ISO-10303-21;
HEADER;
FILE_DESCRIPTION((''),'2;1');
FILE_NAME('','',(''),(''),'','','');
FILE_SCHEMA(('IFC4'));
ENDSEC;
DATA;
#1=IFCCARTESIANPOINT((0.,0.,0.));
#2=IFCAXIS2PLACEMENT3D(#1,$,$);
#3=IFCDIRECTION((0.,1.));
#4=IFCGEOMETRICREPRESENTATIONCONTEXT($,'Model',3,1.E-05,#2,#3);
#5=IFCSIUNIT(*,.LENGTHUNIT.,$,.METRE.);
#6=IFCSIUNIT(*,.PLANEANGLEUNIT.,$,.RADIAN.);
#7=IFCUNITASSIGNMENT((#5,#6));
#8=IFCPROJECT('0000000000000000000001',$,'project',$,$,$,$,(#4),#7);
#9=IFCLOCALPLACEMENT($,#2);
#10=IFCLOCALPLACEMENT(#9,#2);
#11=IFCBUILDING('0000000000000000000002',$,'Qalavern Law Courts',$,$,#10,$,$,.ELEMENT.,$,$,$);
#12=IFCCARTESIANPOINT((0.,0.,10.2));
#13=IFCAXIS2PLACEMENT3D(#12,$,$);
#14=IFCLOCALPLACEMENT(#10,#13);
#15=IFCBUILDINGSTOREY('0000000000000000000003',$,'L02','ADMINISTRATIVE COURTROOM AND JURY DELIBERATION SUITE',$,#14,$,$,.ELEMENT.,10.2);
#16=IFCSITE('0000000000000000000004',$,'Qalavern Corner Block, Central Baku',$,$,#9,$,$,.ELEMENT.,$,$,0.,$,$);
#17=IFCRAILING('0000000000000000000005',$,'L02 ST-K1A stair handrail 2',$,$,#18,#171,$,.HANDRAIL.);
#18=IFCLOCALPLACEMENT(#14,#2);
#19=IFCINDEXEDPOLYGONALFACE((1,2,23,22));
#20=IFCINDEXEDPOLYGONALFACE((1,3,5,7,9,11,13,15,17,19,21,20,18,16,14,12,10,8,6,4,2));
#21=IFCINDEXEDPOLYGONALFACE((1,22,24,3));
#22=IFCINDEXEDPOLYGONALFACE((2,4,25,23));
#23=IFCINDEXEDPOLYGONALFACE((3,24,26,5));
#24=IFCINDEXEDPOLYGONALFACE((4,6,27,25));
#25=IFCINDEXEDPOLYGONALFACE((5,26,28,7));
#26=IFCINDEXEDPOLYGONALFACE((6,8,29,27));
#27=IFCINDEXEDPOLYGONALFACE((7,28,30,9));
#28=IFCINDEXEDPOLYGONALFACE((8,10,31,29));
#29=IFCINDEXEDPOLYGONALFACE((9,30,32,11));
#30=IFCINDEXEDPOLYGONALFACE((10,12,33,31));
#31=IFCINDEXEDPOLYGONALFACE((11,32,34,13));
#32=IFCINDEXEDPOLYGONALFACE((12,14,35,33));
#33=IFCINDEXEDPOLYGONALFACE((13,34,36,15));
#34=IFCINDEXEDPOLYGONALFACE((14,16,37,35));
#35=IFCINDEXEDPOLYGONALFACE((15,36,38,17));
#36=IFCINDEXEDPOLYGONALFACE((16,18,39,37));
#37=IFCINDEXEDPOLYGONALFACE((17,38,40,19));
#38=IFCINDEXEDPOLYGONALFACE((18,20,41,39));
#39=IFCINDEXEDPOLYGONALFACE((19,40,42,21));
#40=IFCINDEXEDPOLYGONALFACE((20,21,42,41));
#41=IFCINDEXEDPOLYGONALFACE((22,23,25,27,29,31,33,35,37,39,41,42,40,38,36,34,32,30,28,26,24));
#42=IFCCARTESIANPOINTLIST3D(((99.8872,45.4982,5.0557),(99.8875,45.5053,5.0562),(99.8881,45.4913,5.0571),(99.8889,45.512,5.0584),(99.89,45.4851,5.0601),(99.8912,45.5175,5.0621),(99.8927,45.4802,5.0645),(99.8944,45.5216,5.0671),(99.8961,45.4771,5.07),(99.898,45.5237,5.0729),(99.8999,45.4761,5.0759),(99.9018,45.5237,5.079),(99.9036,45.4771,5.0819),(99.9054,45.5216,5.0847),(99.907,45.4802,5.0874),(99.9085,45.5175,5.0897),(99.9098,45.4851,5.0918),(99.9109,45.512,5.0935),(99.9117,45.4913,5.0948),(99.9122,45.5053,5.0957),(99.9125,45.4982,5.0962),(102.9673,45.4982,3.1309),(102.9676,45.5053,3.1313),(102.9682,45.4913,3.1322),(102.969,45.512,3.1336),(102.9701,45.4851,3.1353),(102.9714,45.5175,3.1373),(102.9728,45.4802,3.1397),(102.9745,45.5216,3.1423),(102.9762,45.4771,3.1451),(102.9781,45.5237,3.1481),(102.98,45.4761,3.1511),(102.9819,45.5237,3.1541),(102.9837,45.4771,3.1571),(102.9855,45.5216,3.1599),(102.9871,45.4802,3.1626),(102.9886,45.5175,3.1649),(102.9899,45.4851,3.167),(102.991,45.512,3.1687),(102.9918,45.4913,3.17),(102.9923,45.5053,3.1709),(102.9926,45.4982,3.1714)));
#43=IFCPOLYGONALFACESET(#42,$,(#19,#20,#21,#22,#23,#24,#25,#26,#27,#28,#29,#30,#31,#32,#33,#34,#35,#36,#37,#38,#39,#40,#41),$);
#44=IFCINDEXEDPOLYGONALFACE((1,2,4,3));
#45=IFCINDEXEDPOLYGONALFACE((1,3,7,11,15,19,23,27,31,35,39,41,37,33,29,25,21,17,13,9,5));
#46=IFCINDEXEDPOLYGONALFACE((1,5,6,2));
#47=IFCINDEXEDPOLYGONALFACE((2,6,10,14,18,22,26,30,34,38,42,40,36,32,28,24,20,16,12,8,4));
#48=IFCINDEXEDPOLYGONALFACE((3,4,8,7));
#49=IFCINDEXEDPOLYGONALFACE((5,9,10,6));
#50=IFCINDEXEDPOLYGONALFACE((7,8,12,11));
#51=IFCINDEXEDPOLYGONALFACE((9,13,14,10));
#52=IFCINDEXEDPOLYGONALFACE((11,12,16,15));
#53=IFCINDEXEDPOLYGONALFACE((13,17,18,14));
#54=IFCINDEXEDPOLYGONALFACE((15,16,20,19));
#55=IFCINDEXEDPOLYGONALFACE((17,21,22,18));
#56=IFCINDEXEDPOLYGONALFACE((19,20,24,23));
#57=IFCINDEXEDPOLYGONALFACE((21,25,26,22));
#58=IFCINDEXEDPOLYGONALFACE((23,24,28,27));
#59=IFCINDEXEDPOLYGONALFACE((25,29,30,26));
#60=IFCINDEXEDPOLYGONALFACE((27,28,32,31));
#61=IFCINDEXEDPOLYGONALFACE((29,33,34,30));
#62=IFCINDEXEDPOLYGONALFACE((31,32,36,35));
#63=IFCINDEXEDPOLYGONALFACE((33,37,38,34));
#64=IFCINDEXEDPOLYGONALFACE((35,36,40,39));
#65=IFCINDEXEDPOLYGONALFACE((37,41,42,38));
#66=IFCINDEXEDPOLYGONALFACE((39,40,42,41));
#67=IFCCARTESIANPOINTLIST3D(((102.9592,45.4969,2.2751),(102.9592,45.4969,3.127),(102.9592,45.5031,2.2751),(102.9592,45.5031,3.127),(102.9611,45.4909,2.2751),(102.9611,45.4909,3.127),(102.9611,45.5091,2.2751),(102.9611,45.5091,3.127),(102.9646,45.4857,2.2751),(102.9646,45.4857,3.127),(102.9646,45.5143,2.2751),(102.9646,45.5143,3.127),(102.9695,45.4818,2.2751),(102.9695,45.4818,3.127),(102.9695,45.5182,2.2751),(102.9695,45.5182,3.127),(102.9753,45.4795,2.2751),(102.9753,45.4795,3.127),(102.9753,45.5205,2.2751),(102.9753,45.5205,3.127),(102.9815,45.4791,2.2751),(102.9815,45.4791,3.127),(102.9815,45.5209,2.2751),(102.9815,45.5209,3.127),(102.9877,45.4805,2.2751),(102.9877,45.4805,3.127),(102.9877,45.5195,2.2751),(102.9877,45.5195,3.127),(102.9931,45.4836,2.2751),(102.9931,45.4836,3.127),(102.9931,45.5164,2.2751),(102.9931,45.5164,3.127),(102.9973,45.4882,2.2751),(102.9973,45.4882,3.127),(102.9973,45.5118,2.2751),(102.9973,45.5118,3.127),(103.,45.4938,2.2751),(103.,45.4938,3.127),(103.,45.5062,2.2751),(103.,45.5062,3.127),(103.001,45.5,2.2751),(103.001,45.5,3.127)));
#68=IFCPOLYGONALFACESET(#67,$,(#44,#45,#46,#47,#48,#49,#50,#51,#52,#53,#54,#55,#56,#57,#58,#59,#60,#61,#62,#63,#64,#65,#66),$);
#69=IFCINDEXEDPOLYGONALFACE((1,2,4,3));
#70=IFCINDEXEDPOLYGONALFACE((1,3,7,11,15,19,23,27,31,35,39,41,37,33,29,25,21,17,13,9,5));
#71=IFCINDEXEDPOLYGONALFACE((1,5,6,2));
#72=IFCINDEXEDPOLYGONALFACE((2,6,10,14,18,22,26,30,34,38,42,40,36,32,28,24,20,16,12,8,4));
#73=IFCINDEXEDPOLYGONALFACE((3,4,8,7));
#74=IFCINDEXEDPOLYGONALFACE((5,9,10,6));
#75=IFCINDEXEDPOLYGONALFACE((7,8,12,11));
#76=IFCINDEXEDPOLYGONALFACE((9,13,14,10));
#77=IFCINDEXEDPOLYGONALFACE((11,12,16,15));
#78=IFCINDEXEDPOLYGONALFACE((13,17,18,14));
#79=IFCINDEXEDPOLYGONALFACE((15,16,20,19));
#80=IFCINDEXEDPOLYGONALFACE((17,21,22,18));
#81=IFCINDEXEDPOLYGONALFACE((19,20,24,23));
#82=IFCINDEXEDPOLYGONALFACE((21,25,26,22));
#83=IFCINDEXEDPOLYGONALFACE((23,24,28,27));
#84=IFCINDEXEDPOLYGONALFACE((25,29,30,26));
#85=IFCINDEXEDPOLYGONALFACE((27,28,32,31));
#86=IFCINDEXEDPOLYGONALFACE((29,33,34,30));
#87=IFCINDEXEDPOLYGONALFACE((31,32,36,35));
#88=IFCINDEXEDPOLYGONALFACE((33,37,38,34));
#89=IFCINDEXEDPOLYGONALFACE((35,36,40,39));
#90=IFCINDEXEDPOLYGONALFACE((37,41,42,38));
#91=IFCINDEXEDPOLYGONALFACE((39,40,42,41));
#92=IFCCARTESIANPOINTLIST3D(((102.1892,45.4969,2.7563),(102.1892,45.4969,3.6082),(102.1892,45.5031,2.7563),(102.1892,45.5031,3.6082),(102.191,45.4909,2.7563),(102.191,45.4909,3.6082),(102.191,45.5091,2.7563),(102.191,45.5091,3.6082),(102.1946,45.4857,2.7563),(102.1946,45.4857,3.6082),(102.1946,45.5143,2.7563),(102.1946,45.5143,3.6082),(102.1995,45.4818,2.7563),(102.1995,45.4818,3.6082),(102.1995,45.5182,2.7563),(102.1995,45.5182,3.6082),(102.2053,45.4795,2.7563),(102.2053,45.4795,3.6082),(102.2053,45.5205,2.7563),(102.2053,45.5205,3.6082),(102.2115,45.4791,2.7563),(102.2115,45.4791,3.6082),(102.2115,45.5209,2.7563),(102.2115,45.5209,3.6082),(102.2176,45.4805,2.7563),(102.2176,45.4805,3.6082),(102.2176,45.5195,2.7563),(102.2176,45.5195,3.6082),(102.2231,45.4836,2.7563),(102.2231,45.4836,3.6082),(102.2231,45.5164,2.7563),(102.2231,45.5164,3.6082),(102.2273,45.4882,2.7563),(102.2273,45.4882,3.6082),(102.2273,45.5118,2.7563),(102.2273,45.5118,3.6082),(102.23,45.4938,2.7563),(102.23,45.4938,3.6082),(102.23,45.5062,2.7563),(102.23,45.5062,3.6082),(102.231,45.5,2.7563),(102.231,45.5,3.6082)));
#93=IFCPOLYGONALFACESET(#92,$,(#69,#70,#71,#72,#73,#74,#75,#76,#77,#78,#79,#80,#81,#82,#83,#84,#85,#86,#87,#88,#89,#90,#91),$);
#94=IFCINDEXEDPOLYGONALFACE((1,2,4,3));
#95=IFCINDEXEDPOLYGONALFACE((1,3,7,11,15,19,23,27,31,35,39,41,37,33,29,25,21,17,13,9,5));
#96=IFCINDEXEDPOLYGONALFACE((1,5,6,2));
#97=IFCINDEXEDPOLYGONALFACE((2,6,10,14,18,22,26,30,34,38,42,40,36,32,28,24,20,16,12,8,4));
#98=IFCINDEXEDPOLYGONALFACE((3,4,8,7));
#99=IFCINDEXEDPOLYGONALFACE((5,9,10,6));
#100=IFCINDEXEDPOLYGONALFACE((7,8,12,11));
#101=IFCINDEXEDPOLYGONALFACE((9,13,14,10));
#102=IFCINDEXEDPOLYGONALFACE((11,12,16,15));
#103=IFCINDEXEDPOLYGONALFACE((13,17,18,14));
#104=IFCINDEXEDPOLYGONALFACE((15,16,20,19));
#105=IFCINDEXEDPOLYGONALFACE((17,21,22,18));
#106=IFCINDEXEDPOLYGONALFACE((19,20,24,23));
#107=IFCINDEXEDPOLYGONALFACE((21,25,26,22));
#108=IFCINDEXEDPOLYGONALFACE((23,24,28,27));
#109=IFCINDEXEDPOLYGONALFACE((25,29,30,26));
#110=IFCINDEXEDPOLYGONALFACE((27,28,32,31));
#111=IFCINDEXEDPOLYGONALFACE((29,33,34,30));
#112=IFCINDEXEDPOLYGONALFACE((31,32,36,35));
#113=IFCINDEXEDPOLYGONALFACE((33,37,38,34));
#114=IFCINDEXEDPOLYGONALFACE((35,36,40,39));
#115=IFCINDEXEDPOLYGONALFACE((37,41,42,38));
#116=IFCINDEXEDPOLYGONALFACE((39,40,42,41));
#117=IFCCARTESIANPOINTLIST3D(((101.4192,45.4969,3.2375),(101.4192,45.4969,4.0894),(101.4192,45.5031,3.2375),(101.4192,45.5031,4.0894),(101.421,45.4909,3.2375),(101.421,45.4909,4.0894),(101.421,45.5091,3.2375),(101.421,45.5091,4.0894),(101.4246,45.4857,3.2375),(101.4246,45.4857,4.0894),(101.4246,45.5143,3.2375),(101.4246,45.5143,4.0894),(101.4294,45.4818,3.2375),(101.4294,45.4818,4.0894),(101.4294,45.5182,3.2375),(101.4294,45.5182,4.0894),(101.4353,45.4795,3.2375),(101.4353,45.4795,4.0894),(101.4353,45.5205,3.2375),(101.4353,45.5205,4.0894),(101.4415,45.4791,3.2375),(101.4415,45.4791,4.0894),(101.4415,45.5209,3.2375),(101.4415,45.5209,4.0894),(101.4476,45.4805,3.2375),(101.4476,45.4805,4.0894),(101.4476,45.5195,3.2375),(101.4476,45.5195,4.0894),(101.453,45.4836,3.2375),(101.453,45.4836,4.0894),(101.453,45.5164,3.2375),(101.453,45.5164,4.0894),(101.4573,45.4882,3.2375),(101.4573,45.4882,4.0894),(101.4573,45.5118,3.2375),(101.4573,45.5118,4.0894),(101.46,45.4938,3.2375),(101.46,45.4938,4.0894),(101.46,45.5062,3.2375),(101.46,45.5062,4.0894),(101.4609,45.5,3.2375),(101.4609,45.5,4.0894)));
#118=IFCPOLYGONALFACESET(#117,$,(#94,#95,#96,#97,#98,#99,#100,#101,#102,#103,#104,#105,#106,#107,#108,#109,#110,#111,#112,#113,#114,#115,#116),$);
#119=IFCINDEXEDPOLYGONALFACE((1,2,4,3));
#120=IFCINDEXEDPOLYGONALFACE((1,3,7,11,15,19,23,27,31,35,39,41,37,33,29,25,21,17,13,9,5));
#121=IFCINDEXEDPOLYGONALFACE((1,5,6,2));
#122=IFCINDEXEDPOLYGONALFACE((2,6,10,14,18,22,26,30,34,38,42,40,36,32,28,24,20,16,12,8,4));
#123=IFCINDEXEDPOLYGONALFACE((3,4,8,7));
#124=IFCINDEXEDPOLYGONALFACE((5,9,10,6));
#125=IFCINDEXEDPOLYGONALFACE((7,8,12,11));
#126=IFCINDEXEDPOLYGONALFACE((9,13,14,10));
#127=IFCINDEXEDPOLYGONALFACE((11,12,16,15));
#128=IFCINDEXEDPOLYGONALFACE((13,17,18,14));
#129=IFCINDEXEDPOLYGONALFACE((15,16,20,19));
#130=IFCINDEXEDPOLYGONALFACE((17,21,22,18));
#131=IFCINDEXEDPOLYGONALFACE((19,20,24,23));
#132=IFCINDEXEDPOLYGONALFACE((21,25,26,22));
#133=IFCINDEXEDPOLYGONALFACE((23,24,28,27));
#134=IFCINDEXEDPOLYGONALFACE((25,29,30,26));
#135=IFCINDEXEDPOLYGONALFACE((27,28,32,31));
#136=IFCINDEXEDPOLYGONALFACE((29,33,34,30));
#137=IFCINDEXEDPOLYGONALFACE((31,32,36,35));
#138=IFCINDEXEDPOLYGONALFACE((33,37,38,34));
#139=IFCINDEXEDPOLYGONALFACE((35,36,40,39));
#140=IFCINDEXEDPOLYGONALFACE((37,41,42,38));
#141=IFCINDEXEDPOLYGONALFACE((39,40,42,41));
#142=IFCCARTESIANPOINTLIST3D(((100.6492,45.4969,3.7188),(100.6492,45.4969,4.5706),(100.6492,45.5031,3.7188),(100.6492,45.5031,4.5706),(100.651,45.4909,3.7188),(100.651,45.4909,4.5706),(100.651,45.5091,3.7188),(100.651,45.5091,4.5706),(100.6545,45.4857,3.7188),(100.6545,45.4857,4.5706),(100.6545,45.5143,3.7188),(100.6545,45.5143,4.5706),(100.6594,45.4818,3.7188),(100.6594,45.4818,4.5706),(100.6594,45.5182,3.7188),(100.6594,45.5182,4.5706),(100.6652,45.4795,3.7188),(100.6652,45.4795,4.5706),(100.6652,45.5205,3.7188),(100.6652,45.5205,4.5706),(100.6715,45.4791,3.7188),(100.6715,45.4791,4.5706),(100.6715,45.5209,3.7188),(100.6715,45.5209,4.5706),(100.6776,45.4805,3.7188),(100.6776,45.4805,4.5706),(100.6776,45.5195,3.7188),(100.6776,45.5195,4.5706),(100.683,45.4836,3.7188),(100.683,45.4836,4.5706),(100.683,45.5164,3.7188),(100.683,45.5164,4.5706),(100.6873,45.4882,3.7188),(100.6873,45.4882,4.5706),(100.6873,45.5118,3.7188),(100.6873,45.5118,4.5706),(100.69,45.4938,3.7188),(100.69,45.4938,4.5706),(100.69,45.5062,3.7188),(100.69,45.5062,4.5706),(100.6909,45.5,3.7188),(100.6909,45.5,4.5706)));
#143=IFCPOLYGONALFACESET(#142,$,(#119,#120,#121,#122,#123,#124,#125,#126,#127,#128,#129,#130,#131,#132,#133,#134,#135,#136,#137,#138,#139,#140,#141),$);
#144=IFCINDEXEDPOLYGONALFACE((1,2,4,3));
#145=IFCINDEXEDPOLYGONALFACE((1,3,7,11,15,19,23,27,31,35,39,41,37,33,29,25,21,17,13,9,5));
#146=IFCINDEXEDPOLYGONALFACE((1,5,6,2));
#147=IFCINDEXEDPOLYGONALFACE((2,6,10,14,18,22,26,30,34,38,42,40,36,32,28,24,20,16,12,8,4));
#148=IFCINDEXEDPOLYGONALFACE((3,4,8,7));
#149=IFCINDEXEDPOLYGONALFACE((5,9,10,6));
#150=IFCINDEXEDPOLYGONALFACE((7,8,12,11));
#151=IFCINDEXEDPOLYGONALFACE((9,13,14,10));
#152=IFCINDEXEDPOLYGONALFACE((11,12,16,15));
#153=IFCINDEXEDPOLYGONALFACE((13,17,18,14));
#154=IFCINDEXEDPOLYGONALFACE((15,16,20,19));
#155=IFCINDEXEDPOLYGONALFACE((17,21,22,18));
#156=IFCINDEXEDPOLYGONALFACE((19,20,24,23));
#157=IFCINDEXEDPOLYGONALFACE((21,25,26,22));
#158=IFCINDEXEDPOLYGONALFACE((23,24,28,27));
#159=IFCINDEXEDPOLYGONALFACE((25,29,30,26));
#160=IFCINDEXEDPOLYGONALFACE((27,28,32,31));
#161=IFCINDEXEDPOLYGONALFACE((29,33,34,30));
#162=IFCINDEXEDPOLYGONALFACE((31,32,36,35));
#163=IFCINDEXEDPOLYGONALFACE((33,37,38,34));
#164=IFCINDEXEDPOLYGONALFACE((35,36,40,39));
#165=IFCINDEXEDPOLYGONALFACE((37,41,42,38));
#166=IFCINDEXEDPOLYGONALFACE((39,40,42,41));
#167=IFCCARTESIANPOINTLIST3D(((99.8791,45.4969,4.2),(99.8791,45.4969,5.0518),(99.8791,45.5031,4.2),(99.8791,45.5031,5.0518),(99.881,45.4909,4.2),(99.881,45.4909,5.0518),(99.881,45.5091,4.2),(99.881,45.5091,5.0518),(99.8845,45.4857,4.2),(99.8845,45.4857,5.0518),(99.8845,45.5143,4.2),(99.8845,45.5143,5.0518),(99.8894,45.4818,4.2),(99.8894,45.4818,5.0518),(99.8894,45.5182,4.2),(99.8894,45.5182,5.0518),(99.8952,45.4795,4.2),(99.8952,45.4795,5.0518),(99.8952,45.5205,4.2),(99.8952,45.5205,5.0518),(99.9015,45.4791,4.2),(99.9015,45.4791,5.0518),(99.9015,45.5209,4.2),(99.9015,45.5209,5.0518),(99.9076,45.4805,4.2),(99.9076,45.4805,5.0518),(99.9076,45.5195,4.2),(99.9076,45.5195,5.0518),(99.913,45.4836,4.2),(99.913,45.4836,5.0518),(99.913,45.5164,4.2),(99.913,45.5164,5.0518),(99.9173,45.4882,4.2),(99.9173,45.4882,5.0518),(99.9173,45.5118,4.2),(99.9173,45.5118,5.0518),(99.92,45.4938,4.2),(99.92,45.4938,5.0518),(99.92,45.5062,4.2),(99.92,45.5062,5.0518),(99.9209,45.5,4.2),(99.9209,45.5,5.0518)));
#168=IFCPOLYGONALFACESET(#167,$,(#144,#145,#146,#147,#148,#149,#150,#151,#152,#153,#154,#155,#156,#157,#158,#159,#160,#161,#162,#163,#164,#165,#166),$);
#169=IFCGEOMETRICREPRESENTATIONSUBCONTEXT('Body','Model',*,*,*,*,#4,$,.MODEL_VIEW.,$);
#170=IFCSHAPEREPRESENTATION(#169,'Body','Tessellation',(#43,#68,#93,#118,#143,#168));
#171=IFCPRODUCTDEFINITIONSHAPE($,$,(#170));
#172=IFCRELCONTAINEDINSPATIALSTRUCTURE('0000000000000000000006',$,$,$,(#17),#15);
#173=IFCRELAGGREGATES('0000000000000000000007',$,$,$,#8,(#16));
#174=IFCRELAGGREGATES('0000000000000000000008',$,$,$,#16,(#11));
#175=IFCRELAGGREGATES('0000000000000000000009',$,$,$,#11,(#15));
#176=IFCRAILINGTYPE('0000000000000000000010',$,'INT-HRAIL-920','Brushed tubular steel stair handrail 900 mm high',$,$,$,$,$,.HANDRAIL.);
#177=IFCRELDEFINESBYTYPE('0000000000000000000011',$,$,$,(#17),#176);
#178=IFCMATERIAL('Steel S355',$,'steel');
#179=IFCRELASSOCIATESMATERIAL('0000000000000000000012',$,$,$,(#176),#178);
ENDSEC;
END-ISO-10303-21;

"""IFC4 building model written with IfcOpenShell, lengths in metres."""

from ifc_helpers import new_model, si_unit, direction, frame, origin, origin_2d, place, context, subcontext, project, spatial, circle, extrude, material, type_object, element, save


model = new_model("IFC4")

# Units and contexts
model_context = context("Model", 3, precision=1e-05, world=origin(), true_north=direction((0.0, 1.0)))
body_context = subcontext(model_context, "Body", "Model", "MODEL_VIEW")
ifc_project = project(units=[si_unit("LENGTHUNIT", "METRE"), si_unit("PLANEANGLEUNIT", "RADIAN")], contexts=[model_context])

# Site, building, storey
site_placement = place(None, origin())
site = spatial("IfcSite", under=ifc_project, at=site_placement, Name="Qalavern Corner Block, Central Baku", CompositionType="ELEMENT", RefElevation=0.0)
building_placement = place(site_placement, origin())
building = spatial("IfcBuilding", under=site, at=building_placement, Name="Qalavern Law Courts", CompositionType="ELEMENT")
storey_placement = place(building_placement, frame((0.0, 0.0, 10.2)))
storey = spatial("IfcBuildingStorey", under=building, at=storey_placement, Name="L02", Description="ADMINISTRATIVE COURTROOM AND JURY DELIBERATION SUITE", CompositionType="ELEMENT", Elevation=10.2)

# Shared definitions
ifc_material_1 = material(Name="Steel S355", Category="steel")

# Railing
railing_type = type_object("IfcRailingType", Name="INT-HRAIL-920", Description="Brushed tubular steel stair handrail 900 mm high", PredefinedType="HANDRAIL", material=ifc_material_1)
railing_placement = place(storey_placement, frame((102.98, 45.5, 2.2751)))
element("IfcRailing", 1, at=railing_placement, inside=storey, type_object=railing_type, Name="L02 ST-K1A stair handrail 2", PredefinedType="HANDRAIL", context=body_context, shape_type="SweptSolid", body=[
    extrude(circle(Radius=0.0239, at=origin_2d()), frame((0.0, 0.0, 0.876), z_axis=(-0.848029, 0.0, 0.529951), x_axis=(0.0, -1.0, 0.0)), (0.0, 0.0, 1.0), 3.6321),
    extrude(circle(Radius=0.021, at=origin_2d()), origin(), (0.0, 0.0, 1.0), 0.8518),
    extrude(circle(Radius=0.021, at=origin_2d()), frame((-0.77, 0.0, 0.4812)), (0.0, 0.0, 1.0), 0.8518),
    extrude(circle(Radius=0.021, at=origin_2d()), frame((-1.54, 0.0, 0.9624)), (0.0, 0.0, 1.0), 0.8518),
    extrude(circle(Radius=0.021, at=origin_2d()), frame((-2.3101, 0.0, 1.4436)), (0.0, 0.0, 1.0), 0.8518),
    extrude(circle(Radius=0.021, at=origin_2d()), frame((-3.0801, 0.0, 1.9248)), (0.0, 0.0, 1.0), 0.8518),
])

save(model, "model.ifc")
